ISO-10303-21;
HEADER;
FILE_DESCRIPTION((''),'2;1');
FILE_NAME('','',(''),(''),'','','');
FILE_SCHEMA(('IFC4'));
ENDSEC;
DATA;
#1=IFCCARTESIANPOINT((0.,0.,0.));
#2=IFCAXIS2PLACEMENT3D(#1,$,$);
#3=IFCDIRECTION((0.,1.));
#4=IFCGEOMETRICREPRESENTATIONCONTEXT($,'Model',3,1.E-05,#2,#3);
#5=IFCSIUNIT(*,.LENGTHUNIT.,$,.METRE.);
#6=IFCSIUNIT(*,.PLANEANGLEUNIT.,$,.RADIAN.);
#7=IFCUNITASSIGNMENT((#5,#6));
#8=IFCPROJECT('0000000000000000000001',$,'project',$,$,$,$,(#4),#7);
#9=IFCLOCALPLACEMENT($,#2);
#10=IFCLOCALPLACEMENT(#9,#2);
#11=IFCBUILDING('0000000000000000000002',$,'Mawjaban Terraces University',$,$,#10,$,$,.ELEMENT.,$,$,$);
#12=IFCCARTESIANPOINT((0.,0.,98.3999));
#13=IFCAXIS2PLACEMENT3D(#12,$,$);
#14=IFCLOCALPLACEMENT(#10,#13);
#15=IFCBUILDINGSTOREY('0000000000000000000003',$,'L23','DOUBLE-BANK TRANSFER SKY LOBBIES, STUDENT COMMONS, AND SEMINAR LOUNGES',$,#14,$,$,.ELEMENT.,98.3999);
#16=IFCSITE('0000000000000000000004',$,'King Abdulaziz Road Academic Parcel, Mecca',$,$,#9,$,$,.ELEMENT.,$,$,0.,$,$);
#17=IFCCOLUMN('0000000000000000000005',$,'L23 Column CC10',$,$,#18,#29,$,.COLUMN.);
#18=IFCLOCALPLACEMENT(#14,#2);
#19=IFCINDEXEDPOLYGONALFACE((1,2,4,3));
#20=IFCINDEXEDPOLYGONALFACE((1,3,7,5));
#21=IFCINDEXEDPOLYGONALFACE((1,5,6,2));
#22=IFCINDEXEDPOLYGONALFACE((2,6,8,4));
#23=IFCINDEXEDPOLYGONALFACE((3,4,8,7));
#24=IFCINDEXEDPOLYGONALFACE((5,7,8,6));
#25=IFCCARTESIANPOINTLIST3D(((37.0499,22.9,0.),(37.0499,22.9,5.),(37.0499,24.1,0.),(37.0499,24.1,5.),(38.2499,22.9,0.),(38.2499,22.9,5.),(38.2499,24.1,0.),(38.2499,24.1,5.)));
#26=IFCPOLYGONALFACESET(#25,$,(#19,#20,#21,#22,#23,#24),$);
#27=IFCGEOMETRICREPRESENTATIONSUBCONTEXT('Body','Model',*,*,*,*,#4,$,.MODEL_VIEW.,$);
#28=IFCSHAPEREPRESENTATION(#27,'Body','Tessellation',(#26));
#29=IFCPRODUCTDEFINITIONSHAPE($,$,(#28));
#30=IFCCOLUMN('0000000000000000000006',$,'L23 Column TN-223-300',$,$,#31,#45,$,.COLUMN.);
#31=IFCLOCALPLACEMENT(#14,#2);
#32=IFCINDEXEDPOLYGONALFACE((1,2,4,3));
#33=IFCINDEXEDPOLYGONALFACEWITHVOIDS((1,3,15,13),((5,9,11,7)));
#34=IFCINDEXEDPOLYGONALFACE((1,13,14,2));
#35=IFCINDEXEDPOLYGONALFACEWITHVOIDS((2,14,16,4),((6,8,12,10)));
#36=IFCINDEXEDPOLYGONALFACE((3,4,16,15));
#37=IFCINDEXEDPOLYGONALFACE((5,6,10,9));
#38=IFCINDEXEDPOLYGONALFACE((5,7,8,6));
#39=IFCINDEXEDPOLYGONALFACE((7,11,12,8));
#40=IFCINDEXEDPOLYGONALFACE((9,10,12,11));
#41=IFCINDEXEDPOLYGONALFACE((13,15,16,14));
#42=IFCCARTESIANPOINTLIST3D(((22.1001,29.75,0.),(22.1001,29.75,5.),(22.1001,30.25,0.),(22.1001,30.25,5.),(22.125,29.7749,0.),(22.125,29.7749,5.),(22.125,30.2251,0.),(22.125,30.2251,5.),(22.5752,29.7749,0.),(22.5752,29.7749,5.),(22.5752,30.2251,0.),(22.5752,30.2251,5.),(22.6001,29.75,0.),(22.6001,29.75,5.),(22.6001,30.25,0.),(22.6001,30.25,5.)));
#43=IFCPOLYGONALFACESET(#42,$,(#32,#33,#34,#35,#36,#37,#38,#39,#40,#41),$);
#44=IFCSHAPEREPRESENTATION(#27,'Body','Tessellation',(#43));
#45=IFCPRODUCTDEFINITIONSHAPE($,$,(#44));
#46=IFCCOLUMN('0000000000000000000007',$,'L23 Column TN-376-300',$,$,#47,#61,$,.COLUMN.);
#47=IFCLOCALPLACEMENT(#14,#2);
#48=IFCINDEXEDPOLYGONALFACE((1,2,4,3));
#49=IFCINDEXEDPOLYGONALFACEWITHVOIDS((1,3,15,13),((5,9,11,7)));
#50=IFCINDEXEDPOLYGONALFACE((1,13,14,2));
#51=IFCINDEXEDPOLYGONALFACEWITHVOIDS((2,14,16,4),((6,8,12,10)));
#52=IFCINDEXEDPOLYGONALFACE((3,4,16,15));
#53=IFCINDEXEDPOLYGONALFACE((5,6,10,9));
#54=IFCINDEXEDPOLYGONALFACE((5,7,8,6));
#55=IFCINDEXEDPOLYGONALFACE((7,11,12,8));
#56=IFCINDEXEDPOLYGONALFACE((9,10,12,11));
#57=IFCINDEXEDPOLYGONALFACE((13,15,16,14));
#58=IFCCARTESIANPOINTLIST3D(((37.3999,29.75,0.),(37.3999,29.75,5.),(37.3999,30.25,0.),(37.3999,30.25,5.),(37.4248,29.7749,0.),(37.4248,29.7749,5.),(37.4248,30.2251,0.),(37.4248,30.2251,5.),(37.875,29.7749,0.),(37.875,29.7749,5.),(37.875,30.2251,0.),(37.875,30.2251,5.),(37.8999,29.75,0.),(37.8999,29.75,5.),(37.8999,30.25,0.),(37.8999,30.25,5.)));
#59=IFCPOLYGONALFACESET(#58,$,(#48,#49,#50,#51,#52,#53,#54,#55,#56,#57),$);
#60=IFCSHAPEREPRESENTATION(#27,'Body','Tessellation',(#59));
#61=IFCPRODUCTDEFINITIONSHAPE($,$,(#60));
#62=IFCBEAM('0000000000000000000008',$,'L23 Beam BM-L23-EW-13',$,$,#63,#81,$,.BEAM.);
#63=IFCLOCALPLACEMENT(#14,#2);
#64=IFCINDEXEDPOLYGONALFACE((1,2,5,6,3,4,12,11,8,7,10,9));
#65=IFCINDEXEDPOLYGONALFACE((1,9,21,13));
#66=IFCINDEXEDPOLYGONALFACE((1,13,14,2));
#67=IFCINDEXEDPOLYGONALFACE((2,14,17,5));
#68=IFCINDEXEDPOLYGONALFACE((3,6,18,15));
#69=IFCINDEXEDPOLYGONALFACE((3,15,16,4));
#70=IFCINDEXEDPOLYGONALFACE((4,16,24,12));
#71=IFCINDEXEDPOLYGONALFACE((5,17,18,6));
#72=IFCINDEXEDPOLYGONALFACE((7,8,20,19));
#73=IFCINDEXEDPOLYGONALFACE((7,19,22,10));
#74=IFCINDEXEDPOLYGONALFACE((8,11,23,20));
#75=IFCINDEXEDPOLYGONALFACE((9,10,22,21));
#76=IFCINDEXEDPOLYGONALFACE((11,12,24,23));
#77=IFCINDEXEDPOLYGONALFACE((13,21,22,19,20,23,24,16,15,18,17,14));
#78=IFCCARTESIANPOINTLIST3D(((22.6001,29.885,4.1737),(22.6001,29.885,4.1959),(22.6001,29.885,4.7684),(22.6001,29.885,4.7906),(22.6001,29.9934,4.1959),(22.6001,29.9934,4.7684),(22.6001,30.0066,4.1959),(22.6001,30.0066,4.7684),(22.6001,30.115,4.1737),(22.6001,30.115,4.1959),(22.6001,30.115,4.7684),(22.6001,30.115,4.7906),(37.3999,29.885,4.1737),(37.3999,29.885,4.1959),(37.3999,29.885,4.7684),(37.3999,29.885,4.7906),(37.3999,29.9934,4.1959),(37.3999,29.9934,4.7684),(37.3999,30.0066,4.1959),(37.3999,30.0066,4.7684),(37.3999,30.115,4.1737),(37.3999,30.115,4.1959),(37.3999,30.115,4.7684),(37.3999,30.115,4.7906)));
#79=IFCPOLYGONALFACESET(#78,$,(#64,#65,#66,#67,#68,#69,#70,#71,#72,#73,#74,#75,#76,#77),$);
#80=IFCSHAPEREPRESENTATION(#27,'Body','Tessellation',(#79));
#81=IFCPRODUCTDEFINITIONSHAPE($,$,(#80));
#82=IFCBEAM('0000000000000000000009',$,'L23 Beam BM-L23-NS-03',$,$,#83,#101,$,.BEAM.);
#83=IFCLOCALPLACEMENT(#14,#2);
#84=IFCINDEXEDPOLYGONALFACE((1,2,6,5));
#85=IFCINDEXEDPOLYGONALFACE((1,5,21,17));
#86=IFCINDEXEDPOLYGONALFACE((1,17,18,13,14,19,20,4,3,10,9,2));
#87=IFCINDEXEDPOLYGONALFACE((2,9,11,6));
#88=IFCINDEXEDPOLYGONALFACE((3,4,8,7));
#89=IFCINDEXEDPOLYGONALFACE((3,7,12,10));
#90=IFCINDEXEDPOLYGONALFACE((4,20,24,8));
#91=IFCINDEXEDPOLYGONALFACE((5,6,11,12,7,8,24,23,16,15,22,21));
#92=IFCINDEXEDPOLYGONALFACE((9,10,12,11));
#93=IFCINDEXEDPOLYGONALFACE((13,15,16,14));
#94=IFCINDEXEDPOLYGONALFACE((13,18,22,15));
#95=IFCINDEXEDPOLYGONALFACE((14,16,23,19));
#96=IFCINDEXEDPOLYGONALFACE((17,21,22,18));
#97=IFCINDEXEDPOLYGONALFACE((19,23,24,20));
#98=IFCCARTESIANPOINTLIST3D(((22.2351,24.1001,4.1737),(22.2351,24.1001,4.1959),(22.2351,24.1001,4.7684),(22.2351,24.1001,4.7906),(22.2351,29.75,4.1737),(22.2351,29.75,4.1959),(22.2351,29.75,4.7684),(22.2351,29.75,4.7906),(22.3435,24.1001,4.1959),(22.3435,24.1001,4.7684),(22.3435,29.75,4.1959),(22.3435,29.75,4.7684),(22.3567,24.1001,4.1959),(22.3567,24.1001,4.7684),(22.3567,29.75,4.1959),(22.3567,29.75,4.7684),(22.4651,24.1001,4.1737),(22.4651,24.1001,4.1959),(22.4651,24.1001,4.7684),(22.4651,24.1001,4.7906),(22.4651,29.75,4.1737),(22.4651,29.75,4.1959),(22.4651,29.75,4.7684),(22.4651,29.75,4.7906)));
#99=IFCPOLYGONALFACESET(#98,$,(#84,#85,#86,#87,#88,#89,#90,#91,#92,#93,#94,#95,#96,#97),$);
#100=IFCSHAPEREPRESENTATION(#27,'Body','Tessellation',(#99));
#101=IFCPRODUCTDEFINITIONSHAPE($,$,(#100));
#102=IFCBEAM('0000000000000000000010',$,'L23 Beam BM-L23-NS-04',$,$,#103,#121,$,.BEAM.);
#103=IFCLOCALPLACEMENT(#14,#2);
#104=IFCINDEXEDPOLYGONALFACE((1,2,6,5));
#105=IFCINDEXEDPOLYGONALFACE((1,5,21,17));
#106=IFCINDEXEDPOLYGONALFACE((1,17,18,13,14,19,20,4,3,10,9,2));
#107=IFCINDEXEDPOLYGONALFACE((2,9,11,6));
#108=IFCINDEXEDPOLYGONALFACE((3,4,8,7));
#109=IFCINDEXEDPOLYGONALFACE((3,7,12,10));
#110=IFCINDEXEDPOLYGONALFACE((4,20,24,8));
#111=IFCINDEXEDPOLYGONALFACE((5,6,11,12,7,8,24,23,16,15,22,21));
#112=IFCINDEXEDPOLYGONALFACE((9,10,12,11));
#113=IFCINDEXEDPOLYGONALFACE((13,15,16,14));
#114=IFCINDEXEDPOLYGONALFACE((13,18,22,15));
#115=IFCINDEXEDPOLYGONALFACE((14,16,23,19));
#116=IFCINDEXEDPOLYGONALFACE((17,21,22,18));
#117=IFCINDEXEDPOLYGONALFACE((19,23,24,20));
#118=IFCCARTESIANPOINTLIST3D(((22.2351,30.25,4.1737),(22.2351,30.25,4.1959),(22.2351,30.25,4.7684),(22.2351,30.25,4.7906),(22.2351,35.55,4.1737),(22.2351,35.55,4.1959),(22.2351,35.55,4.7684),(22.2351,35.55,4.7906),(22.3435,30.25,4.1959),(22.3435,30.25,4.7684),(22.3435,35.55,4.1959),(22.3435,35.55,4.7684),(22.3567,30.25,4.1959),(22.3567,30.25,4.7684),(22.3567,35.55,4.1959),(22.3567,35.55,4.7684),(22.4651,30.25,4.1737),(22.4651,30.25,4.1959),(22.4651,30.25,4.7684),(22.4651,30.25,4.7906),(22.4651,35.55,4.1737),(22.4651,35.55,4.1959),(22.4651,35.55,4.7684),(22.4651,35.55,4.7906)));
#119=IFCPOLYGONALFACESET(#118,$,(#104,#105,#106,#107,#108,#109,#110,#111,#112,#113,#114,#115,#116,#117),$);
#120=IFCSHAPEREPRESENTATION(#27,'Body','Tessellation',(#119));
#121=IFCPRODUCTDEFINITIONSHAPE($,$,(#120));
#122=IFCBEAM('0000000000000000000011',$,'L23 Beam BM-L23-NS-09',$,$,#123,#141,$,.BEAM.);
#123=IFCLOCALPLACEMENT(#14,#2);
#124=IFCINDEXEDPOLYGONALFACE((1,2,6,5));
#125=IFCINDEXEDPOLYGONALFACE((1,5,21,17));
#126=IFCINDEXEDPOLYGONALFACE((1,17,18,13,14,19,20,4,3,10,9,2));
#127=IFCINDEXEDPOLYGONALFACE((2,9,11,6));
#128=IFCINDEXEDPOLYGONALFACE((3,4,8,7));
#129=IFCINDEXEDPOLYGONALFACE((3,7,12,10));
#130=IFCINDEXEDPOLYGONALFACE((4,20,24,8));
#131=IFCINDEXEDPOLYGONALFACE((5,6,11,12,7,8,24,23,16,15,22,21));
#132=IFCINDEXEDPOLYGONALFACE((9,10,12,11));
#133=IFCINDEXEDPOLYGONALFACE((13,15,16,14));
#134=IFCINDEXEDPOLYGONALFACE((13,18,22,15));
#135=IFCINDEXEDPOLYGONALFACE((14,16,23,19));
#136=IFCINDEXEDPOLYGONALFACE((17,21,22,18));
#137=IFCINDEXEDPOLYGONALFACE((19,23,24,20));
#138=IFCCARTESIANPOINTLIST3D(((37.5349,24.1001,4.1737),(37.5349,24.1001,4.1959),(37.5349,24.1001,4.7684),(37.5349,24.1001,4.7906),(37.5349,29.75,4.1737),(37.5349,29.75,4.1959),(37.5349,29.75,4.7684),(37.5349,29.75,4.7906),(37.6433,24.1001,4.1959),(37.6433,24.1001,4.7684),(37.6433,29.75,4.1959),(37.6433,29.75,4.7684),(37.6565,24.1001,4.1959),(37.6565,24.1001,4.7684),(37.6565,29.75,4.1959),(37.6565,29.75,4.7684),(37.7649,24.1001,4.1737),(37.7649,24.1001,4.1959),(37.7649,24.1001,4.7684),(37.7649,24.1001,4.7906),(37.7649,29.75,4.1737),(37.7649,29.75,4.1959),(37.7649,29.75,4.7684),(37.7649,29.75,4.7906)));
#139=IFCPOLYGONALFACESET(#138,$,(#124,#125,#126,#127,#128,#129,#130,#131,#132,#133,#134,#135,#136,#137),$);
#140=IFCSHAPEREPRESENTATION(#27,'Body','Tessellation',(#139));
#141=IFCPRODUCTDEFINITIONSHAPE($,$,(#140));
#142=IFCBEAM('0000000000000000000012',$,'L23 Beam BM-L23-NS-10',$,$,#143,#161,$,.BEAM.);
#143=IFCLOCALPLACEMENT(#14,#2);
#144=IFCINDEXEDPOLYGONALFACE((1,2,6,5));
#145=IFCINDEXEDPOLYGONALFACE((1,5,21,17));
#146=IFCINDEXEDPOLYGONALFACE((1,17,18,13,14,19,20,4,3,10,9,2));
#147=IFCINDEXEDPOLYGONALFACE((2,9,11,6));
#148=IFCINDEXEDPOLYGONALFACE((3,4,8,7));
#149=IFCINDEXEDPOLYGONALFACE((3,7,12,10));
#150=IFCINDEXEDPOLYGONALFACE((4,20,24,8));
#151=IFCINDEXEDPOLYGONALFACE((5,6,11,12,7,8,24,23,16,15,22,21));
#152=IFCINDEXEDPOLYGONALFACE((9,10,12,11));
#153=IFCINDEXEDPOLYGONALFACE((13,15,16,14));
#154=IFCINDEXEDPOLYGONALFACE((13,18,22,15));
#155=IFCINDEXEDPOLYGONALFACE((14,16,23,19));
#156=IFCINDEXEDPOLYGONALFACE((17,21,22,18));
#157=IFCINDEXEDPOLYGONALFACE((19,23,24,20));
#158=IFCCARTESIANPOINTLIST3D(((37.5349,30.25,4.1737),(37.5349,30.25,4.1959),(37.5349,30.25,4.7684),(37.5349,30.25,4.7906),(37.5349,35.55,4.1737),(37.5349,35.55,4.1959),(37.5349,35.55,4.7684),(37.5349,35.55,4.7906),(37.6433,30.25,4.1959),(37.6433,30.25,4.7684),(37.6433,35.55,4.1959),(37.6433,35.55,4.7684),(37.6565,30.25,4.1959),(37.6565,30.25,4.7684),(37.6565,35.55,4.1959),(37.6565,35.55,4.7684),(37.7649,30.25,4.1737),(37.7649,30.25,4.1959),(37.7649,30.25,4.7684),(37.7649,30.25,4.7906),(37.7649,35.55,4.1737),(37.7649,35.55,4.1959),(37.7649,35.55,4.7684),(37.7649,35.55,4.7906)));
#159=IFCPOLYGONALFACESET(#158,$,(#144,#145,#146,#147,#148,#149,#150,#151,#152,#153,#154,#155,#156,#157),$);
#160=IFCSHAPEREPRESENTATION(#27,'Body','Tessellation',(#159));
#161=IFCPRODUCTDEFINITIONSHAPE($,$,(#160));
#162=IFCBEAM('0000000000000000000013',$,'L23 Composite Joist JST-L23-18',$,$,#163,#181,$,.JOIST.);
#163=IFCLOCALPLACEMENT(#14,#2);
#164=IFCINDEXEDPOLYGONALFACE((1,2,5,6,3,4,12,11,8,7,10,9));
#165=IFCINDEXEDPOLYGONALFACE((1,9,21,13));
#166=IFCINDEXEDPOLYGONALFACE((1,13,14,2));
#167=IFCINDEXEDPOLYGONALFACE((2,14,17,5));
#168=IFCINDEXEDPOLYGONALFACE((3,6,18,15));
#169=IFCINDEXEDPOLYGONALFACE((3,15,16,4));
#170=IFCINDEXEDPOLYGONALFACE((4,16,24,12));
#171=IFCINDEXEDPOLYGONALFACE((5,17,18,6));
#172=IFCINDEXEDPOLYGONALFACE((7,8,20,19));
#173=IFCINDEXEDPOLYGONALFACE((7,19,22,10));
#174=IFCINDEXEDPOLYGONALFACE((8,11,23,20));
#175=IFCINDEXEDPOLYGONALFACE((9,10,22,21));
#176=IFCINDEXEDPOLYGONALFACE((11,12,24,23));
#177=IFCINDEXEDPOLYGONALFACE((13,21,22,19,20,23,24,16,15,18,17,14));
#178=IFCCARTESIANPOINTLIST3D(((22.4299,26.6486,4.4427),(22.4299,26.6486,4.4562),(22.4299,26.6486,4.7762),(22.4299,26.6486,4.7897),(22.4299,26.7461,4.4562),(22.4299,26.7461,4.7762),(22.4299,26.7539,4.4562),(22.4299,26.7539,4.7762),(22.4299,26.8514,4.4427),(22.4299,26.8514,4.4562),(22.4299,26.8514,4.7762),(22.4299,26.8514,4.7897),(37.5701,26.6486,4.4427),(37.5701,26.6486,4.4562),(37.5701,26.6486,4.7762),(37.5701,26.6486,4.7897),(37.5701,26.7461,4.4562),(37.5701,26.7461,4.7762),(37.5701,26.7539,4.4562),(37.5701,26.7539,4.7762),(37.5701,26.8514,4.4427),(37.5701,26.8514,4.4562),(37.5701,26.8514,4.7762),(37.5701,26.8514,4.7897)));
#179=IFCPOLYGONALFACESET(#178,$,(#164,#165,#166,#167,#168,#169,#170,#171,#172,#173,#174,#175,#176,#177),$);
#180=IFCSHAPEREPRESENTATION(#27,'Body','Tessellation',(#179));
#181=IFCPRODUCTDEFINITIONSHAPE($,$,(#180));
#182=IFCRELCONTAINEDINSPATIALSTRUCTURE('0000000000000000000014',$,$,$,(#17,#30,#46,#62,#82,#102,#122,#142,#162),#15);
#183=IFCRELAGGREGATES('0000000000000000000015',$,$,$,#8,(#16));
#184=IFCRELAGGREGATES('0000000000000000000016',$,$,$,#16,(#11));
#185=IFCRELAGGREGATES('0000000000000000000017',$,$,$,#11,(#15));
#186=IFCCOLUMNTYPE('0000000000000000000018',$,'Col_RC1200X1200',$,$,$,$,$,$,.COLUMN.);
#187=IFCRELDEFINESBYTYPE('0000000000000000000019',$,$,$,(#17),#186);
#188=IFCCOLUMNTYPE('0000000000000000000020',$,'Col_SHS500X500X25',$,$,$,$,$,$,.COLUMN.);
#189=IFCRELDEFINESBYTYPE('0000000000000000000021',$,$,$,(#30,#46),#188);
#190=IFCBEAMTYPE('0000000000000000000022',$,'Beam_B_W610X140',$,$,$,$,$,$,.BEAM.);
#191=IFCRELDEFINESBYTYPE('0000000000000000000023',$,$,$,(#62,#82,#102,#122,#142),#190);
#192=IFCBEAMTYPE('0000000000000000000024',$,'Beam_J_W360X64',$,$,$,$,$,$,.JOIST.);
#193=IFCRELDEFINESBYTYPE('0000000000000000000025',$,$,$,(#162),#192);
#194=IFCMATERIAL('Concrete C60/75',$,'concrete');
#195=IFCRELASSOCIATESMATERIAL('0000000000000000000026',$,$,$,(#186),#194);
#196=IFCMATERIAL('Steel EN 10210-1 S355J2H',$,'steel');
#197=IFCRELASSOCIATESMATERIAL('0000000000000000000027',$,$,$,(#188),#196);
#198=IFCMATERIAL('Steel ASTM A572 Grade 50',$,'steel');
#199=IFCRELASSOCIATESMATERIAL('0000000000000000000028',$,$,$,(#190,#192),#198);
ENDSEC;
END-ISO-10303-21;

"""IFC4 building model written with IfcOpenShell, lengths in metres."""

from ifc_helpers import new_model, si_unit, direction, frame, origin, origin_2d, place, context, subcontext, project, spatial, rectangle, hollow_rectangle, i_section, extrude, material, material_profile, profile_set, type_object, element, save


model = new_model("IFC4")

# Units and contexts
model_context = context("Model", 3, precision=1e-05, world=origin(), true_north=direction((0.0, 1.0)))
body_context = subcontext(model_context, "Body", "Model", "MODEL_VIEW")
ifc_project = project(units=[si_unit("LENGTHUNIT", "METRE"), si_unit("PLANEANGLEUNIT", "RADIAN")], contexts=[model_context])

# Site, building, storey
site_placement = place(None, origin())
site = spatial("IfcSite", under=ifc_project, at=site_placement, Name="King Abdulaziz Road Academic Parcel, Mecca", CompositionType="ELEMENT", RefElevation=0.0)
building_placement = place(site_placement, origin())
building = spatial("IfcBuilding", under=site, at=building_placement, Name="Mawjaban Terraces University", CompositionType="ELEMENT")
storey_placement = place(building_placement, frame((0.0, 0.0, 98.3999)))
storey = spatial("IfcBuildingStorey", under=building, at=storey_placement, Name="L23", Description="DOUBLE-BANK TRANSFER SKY LOBBIES, STUDENT COMMONS, AND SEMINAR LOUNGES", CompositionType="ELEMENT", Elevation=98.3999)

# Columns
ifc_material_1 = material(Name="Concrete C60/75", Category="concrete")
ifc_material_profile_1 = material_profile(ifc_material_1, rectangle(XDim=1.2, YDim=1.2, at=origin_2d()), Name="RC1200X1200")
ifc_profile_set_1 = profile_set([ifc_material_profile_1], Name="Concrete C60/75")
column_type_1 = type_object("IfcColumnType", Name="Col_RC1200X1200", PredefinedType="COLUMN", material=ifc_profile_set_1)
column_placement = place(storey_placement, frame((37.6499, 23.5, 0.0), z_axis=(0.0, 0.0, 1.0), x_axis=(1.0, 0.0, 0.0)))
element("IfcColumn", 1, at=column_placement, inside=storey, type_object=column_type_1, Name="L23 Column CC10", PredefinedType="COLUMN", context=body_context, shape_type="SweptSolid", body=[
    extrude(rectangle(XDim=1.2, YDim=1.2, at=origin_2d()), origin(), (0.0, 0.0, 1.0), 5.0),
])
ifc_material_2 = material(Name="Steel EN 10210-1 S355J2H", Category="steel")
ifc_material_profile_2 = material_profile(ifc_material_2, hollow_rectangle(XDim=0.5, YDim=0.5, WallThickness=0.0249, at=origin_2d()), Name="SHS500X500X25")
ifc_profile_set_2 = profile_set([ifc_material_profile_2], Name="Steel EN 10210-1 S355J2H")
column_type_2 = type_object("IfcColumnType", Name="Col_SHS500X500X25", PredefinedType="COLUMN", material=ifc_profile_set_2)
for number, where, z_axis, x_axis, name in (
    (2, (22.3501, 30.0, 0.0), (0.0, 0.0, 1.0), (1.0, 0.0, 0.0), "L23 Column TN-223-300"),
    (3, (37.6499, 30.0, 0.0), (0.0, 0.0, 1.0), (1.0, 0.0, 0.0), "L23 Column TN-376-300"),
):
    element("IfcColumn", number, at=place(storey_placement, frame(where, z_axis=z_axis, x_axis=x_axis)), inside=storey, type_object=column_type_2, Name=name, PredefinedType="COLUMN", context=body_context, shape_type="SweptSolid", body=[
        extrude(hollow_rectangle(XDim=0.5, YDim=0.5, WallThickness=0.0249, at=origin_2d()), origin(), (0.0, 0.0, 1.0), 5.0),
    ])

# Beams
ifc_material_3 = material(Name="Steel ASTM A572 Grade 50", Category="steel")
ifc_material_profile_3 = material_profile(ifc_material_3, i_section(OverallWidth=0.23, OverallDepth=0.6169, WebThickness=0.0132, FlangeThickness=0.0222, at=origin_2d()), Name="W610X140")
ifc_profile_set_3 = profile_set([ifc_material_profile_3], Name="Steel ASTM A572 Grade 50")
beam_type_1 = type_object("IfcBeamType", Name="Beam_B_W610X140", PredefinedType="BEAM", material=ifc_profile_set_3)
beam_1_placement = place(storey_placement, frame((22.6001, 30.0, 4.4822), z_axis=(1.0, 0.0, 0.0), x_axis=(0.0, 1.0, 0.0)))
element("IfcBeam", 4, at=beam_1_placement, inside=storey, type_object=beam_type_1, Name="L23 Beam BM-L23-EW-13", PredefinedType="BEAM", context=body_context, shape_type="SweptSolid", body=[
    extrude(i_section(OverallWidth=0.23, OverallDepth=0.6169, WebThickness=0.0132, FlangeThickness=0.0222, at=origin_2d()), origin(), (0.0, 0.0, 1.0), 14.7998),
])
beam_2_placement = place(storey_placement, frame((22.3501, 24.1001, 4.4822), z_axis=(0.0, 1.0, 0.0), x_axis=(-1.0, 0.0, 0.0)))
element("IfcBeam", 5, at=beam_2_placement, inside=storey, type_object=beam_type_1, Name="L23 Beam BM-L23-NS-03", PredefinedType="BEAM", context=body_context, shape_type="SweptSolid", body=[
    extrude(i_section(OverallWidth=0.23, OverallDepth=0.6169, WebThickness=0.0132, FlangeThickness=0.0222, at=origin_2d()), origin(), (0.0, 0.0, 1.0), 5.6499),
])
beam_3_placement = place(storey_placement, frame((22.3501, 30.25, 4.4822), z_axis=(0.0, 1.0, 0.0), x_axis=(-1.0, 0.0, 0.0)))
element("IfcBeam", 6, at=beam_3_placement, inside=storey, type_object=beam_type_1, Name="L23 Beam BM-L23-NS-04", PredefinedType="BEAM", context=body_context, shape_type="SweptSolid", body=[
    extrude(i_section(OverallWidth=0.23, OverallDepth=0.6169, WebThickness=0.0132, FlangeThickness=0.0222, at=origin_2d()), origin(), (0.0, 0.0, 1.0), 5.3),
])
beam_4_placement = place(storey_placement, frame((37.6499, 24.1001, 4.4822), z_axis=(0.0, 1.0, 0.0), x_axis=(-1.0, 0.0, 0.0)))
element("IfcBeam", 7, at=beam_4_placement, inside=storey, type_object=beam_type_1, Name="L23 Beam BM-L23-NS-09", PredefinedType="BEAM", context=body_context, shape_type="SweptSolid", body=[
    extrude(i_section(OverallWidth=0.23, OverallDepth=0.6169, WebThickness=0.0132, FlangeThickness=0.0222, at=origin_2d()), origin(), (0.0, 0.0, 1.0), 5.6499),
])
beam_5_placement = place(storey_placement, frame((37.6499, 30.25, 4.4822), z_axis=(0.0, 1.0, 0.0), x_axis=(-1.0, 0.0, 0.0)))
element("IfcBeam", 8, at=beam_5_placement, inside=storey, type_object=beam_type_1, Name="L23 Beam BM-L23-NS-10", PredefinedType="BEAM", context=body_context, shape_type="SweptSolid", body=[
    extrude(i_section(OverallWidth=0.23, OverallDepth=0.6169, WebThickness=0.0132, FlangeThickness=0.0222, at=origin_2d()), origin(), (0.0, 0.0, 1.0), 5.3),
])
ifc_material_profile_4 = material_profile(ifc_material_3, i_section(OverallWidth=0.2029, OverallDepth=0.3469, WebThickness=0.0078, FlangeThickness=0.0134, at=origin_2d()), Name="W360X64")
ifc_profile_set_4 = profile_set([ifc_material_profile_4], Name="Steel ASTM A572 Grade 50")
beam_type_2 = type_object("IfcBeamType", Name="Beam_J_W360X64", PredefinedType="JOIST", material=ifc_profile_set_4)
for number, where, z_axis, x_axis, name in (
    (9, (22.4299, 26.75, 4.6162), (1.0, 0.0, 0.0), (0.0, 1.0, 0.0), "L23 Composite Joist JST-L23-18"),
):
    element("IfcBeam", number, at=place(storey_placement, frame(where, z_axis=z_axis, x_axis=x_axis)), inside=storey, type_object=beam_type_2, Name=name, PredefinedType="JOIST", context=body_context, shape_type="SweptSolid", body=[
        extrude(i_section(OverallWidth=0.2029, OverallDepth=0.3469, WebThickness=0.0078, FlangeThickness=0.0134, at=origin_2d()), origin(), (0.0, 0.0, 1.0), 15.1401),
    ])

save(model, "model.ifc")
